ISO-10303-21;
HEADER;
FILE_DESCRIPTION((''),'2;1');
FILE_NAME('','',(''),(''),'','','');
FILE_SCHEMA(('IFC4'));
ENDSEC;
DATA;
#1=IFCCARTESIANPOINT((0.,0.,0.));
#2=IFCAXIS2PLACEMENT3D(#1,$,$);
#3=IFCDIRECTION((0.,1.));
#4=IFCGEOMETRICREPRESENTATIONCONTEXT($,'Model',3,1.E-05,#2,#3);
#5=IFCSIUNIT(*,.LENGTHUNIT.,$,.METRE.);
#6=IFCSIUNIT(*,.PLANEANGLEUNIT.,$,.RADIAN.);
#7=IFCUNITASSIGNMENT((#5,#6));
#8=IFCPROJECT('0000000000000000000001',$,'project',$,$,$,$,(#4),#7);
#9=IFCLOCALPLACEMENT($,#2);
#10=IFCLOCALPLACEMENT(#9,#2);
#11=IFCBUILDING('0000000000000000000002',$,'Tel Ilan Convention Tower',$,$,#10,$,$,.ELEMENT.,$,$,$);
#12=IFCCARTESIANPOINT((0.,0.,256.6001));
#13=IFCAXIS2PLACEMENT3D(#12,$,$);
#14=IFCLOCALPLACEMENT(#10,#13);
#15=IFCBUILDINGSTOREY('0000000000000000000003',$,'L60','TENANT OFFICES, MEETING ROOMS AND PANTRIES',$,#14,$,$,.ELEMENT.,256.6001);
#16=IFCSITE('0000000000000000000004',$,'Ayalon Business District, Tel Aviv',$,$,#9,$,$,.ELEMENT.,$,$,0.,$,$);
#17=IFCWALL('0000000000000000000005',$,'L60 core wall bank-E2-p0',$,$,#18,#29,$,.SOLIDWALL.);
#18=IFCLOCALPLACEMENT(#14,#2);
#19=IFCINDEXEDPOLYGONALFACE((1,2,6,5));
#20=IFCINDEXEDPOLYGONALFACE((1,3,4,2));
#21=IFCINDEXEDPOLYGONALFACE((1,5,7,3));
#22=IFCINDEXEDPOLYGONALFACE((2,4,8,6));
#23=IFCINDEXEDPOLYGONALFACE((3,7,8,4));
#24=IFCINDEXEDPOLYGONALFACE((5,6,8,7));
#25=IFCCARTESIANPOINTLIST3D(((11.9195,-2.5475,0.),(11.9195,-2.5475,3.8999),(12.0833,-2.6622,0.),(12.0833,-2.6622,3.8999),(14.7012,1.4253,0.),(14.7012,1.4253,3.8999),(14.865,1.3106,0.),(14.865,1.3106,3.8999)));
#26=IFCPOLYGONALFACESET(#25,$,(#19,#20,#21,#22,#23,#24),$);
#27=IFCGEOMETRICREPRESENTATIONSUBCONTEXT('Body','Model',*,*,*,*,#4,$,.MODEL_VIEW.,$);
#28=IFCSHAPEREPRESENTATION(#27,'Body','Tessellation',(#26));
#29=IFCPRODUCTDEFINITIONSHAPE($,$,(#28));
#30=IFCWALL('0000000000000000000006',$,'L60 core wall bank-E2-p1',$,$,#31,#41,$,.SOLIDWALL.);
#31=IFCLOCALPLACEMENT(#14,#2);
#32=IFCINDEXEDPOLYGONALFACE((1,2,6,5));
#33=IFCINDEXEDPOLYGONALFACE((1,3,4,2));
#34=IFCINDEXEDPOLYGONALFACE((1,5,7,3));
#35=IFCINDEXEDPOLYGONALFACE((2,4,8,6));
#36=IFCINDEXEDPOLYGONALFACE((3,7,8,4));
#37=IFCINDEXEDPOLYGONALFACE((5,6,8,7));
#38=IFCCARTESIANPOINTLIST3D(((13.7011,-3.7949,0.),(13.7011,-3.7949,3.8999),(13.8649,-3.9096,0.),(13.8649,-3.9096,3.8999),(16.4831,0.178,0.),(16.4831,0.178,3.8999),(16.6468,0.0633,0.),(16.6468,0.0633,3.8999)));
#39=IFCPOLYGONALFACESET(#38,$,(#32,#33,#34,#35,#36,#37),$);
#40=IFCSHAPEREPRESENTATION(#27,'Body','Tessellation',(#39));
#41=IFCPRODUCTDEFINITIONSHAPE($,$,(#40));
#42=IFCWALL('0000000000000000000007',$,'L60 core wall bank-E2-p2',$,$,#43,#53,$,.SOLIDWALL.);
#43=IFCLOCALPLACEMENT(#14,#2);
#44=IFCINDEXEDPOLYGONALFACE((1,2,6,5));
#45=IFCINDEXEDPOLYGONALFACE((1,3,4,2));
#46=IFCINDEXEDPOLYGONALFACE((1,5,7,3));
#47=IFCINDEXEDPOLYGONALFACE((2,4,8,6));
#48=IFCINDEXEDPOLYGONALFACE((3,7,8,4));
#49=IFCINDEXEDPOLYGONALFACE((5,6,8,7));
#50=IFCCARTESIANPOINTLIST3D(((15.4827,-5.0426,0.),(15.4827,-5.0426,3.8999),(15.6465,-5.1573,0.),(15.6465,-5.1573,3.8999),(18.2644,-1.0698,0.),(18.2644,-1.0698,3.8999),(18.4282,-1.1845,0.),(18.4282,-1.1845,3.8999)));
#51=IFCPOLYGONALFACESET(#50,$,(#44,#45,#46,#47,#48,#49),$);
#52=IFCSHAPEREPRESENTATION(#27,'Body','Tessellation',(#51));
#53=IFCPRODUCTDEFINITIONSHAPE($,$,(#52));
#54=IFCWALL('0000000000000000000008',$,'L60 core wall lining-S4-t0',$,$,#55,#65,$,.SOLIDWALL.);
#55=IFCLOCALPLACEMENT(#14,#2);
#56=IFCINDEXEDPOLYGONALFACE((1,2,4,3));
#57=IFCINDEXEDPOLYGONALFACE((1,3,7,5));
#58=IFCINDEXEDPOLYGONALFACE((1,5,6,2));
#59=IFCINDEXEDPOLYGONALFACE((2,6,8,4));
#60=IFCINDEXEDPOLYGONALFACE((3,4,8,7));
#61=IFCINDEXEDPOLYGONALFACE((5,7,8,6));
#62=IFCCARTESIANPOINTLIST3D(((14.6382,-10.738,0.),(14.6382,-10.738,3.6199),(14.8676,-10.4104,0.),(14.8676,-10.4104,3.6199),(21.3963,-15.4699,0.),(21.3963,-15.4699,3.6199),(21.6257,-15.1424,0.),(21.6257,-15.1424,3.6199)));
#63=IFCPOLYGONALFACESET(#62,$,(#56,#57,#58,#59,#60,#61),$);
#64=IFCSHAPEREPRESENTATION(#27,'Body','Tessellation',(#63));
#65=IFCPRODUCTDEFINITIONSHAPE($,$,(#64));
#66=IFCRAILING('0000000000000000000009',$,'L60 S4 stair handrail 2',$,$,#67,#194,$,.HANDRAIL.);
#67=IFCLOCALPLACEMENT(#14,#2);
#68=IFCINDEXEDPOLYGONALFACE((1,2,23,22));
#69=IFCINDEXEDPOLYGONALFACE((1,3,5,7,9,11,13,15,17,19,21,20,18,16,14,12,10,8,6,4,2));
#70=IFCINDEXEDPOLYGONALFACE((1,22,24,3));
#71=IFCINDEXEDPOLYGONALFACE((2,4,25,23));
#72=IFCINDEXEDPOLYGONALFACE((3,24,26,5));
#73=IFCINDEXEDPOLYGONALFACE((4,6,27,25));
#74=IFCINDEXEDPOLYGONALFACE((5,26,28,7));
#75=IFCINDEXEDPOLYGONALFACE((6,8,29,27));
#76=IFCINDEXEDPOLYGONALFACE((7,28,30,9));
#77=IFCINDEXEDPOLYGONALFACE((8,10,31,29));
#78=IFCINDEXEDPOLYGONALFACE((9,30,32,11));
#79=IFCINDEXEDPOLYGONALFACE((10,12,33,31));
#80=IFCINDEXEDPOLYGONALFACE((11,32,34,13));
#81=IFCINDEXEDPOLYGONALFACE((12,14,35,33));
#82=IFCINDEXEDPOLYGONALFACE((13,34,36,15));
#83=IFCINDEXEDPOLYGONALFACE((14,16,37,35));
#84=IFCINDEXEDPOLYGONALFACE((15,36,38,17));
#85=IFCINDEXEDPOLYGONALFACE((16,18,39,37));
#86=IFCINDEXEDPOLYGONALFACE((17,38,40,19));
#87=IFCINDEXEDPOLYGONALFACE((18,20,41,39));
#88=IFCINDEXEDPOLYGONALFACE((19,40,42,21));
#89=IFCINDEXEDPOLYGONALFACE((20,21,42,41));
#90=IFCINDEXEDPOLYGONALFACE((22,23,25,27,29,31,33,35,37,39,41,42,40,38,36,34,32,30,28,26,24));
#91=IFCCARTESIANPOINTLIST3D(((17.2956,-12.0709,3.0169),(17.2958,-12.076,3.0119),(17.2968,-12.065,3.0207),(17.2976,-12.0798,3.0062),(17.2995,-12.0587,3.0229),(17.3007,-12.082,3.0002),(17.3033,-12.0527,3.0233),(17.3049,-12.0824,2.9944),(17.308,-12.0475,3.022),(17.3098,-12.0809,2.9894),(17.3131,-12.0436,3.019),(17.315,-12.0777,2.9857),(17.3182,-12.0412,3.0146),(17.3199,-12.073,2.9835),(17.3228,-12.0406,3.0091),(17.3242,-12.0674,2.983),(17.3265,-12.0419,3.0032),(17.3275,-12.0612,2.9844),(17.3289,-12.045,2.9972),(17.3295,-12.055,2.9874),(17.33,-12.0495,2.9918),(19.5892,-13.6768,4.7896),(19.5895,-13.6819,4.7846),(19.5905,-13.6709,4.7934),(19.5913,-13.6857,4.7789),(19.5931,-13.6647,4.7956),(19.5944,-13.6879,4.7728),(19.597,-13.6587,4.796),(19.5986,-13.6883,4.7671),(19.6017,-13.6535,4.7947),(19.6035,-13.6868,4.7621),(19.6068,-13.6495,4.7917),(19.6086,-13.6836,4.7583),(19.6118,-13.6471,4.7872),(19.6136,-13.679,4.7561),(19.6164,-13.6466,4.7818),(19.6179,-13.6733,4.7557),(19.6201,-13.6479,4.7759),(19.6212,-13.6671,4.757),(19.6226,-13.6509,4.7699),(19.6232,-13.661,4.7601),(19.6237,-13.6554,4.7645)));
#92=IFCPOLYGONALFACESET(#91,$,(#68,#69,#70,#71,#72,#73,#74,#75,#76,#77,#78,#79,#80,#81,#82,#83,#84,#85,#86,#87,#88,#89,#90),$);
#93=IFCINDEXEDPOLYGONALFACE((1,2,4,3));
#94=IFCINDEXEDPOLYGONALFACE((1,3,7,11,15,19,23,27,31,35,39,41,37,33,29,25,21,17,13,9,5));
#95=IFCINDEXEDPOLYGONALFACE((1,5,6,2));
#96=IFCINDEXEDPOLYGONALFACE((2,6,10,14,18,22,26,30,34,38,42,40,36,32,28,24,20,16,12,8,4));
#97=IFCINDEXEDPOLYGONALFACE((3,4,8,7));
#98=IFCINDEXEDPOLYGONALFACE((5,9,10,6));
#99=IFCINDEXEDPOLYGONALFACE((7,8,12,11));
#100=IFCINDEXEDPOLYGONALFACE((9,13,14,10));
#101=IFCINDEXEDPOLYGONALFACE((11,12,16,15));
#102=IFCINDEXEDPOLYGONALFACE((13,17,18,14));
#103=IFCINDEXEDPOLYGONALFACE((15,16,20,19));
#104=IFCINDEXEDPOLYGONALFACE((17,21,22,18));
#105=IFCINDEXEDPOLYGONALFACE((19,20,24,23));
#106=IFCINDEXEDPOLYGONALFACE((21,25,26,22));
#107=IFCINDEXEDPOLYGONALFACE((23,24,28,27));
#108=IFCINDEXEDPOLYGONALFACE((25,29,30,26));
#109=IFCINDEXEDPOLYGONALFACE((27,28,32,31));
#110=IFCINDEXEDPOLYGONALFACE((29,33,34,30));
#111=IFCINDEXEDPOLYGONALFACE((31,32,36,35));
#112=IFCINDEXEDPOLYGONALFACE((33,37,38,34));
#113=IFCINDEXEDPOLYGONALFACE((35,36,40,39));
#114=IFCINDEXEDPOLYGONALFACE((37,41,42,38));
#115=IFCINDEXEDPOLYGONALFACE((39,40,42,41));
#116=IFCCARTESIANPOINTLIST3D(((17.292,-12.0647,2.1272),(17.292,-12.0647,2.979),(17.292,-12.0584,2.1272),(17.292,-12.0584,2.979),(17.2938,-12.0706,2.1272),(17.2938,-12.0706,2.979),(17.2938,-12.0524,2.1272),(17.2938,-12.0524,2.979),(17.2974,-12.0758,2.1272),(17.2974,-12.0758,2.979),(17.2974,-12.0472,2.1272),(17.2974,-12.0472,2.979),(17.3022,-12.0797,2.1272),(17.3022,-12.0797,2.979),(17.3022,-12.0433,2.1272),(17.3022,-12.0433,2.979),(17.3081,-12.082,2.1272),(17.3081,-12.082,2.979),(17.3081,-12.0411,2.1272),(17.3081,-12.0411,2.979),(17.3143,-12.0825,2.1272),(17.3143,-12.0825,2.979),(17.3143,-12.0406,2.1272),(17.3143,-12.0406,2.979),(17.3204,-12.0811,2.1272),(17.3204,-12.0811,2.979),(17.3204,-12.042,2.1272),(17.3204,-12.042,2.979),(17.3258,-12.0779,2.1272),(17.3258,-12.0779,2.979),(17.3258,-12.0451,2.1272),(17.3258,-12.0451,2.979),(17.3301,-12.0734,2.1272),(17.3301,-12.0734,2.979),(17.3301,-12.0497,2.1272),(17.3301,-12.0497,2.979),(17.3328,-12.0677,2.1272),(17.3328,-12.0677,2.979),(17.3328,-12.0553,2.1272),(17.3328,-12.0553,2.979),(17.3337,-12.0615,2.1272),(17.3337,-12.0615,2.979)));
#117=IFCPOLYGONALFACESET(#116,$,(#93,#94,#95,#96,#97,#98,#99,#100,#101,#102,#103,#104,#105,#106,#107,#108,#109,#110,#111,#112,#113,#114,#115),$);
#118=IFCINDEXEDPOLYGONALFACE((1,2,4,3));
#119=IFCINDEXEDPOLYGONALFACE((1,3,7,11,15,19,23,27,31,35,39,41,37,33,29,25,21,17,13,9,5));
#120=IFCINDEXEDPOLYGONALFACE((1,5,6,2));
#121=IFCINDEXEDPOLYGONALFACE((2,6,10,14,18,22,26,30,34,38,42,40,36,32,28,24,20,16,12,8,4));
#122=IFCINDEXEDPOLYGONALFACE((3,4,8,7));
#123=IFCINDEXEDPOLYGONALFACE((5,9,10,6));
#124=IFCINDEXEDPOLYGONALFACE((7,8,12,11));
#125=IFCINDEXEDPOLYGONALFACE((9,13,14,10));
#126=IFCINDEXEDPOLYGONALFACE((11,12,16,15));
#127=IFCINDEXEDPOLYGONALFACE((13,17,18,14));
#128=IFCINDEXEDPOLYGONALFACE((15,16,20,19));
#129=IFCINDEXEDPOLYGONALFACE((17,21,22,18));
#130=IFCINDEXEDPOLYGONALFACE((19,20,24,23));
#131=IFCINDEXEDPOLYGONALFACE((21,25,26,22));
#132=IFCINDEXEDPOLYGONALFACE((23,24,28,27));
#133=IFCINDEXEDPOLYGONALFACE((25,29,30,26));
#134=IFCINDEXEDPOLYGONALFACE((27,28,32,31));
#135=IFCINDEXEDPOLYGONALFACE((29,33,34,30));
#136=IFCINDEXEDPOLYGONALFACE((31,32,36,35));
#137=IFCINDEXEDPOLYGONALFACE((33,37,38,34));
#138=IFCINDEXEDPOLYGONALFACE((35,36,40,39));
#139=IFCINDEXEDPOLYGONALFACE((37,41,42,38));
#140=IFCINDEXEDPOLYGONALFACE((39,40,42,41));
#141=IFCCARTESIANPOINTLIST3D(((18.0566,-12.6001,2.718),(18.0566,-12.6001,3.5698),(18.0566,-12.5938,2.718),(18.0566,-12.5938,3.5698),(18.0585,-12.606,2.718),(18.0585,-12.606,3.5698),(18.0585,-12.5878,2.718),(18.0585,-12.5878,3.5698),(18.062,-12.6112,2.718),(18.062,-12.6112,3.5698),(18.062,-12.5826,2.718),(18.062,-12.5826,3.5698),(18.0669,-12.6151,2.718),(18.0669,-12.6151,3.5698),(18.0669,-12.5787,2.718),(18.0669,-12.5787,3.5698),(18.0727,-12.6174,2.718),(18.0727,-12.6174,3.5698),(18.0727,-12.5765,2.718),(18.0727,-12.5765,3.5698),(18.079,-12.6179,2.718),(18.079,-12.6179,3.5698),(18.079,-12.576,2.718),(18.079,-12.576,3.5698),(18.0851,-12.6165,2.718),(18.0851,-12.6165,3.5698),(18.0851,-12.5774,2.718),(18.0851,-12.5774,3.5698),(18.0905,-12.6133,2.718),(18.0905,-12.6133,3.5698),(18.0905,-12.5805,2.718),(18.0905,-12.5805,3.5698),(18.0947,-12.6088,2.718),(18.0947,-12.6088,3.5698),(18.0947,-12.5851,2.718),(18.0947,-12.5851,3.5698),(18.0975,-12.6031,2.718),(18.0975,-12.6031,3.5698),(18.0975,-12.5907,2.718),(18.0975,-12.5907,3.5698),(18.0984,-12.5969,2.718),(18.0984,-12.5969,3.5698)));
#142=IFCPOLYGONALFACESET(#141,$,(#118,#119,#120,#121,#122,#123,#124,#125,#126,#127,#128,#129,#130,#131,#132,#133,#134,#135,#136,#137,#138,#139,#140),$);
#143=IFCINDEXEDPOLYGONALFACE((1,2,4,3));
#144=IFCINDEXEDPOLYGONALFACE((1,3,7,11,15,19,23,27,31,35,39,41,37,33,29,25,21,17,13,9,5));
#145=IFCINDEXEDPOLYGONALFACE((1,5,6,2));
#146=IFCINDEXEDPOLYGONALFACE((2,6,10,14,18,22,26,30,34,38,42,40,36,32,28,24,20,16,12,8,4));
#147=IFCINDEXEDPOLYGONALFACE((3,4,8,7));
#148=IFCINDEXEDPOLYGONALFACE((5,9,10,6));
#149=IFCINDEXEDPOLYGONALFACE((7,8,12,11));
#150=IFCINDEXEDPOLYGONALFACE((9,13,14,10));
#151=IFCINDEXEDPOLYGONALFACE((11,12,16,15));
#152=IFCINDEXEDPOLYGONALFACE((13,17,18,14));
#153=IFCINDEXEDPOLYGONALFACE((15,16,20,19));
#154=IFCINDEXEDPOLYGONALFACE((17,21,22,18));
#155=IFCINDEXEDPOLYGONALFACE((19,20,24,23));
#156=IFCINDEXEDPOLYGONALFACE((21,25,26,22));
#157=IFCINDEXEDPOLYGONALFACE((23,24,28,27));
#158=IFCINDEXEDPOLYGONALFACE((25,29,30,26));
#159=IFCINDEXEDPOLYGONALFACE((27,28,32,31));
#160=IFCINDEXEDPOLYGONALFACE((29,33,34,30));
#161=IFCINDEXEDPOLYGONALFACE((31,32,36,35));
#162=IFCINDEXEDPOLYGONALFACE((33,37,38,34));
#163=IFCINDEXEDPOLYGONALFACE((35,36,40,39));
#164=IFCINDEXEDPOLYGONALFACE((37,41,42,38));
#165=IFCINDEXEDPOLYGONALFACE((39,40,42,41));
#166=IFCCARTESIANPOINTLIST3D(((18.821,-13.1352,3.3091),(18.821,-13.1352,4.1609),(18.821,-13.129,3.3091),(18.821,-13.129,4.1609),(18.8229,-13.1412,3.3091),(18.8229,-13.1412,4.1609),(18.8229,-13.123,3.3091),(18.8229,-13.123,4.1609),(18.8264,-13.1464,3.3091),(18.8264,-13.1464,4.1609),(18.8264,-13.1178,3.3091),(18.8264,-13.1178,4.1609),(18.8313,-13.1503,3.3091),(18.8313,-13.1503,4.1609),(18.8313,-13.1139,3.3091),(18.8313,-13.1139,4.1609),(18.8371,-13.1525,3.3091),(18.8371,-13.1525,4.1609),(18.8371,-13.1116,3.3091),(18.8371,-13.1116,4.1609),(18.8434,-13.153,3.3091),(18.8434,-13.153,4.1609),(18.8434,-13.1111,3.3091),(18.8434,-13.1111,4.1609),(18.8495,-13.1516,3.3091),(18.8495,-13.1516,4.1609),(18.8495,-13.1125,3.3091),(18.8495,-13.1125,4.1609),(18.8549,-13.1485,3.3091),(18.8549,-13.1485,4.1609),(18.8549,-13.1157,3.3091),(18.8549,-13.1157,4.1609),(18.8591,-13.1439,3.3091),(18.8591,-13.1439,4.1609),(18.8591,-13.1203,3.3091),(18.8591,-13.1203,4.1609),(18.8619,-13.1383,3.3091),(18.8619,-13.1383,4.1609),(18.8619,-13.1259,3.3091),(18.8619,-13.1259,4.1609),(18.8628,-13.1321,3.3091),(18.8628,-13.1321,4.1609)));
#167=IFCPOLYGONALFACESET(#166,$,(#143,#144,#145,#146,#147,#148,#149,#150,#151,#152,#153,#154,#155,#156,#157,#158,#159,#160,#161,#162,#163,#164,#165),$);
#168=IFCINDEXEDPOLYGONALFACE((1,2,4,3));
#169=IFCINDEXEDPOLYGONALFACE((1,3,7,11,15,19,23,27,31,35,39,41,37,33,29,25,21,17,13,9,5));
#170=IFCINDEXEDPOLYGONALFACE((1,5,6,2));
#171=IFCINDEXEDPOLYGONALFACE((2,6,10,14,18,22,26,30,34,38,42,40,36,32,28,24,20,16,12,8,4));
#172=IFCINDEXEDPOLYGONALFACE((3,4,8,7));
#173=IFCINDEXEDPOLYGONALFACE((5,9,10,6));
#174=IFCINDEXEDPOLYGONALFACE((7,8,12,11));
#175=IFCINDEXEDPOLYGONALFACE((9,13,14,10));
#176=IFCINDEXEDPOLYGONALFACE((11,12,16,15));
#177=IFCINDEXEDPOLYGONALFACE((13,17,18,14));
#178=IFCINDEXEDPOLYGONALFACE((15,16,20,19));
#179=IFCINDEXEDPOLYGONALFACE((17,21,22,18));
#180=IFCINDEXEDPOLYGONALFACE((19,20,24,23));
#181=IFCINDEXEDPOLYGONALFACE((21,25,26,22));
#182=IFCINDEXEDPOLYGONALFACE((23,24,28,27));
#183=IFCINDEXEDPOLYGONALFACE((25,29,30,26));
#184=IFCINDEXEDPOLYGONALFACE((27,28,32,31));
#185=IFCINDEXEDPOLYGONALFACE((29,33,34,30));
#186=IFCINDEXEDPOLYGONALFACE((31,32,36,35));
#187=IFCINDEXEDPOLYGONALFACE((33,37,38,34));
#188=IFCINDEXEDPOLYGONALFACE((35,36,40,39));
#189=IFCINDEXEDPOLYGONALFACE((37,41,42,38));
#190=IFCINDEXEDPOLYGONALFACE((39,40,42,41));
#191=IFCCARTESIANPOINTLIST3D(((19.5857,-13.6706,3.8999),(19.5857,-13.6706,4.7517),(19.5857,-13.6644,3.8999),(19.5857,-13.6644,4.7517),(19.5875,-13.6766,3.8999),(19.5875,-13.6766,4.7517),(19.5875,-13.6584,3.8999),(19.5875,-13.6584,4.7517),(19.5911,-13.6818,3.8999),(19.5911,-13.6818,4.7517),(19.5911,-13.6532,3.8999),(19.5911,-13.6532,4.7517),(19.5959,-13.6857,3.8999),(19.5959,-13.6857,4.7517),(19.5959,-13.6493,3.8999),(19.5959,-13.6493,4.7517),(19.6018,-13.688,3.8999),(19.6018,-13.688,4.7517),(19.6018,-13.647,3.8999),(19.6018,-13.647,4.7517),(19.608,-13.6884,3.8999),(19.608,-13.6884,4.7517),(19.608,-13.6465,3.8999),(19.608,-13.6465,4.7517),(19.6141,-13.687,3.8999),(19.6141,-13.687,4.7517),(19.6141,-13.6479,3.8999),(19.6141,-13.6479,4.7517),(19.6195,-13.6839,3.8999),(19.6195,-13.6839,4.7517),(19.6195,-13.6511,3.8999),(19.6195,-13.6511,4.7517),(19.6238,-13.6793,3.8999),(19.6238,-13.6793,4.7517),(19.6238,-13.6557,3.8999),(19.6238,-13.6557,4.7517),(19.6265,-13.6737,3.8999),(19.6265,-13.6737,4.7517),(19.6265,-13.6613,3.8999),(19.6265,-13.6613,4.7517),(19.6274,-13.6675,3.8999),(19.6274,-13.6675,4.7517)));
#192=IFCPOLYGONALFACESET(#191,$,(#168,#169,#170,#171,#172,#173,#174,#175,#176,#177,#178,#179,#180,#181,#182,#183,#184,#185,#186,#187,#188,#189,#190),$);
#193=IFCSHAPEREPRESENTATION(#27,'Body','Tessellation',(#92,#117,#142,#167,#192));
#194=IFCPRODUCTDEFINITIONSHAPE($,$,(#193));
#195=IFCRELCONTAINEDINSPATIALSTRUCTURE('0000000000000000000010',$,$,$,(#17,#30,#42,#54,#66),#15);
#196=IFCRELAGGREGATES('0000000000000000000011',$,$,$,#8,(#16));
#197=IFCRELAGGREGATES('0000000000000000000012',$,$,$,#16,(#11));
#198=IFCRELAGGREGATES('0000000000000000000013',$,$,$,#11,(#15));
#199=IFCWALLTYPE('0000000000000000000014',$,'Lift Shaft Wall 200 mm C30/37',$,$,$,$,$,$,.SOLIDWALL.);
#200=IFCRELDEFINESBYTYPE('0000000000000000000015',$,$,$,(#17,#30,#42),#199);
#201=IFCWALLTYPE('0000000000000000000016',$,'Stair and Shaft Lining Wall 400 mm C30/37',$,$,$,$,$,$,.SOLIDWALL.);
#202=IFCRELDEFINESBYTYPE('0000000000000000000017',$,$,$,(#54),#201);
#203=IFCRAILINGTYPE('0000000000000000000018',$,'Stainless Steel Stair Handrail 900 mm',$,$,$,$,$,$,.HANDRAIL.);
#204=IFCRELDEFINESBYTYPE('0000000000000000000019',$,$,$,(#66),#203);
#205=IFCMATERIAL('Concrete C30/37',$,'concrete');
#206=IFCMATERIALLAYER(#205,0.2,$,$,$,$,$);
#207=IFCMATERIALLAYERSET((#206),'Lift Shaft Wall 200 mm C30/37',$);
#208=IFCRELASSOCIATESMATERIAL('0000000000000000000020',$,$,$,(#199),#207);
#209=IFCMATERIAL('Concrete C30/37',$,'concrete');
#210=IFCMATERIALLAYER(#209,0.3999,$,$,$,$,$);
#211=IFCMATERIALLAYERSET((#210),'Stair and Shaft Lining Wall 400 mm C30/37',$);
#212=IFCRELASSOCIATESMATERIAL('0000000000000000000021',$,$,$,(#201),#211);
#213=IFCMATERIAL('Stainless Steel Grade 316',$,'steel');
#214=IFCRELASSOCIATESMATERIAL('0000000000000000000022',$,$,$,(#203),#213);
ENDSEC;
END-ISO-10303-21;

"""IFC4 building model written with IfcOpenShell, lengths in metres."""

from ifc_helpers import new_model, si_unit, direction, frame, frame_2d, origin, origin_2d, place, context, subcontext, project, spatial, rectangle, circle, extrude, material, layer, layer_set, type_object, element, save


model = new_model("IFC4")

# Units and contexts
model_context = context("Model", 3, precision=1e-05, world=origin(), true_north=direction((0.0, 1.0)))
body_context = subcontext(model_context, "Body", "Model", "MODEL_VIEW")
ifc_project = project(units=[si_unit("LENGTHUNIT", "METRE"), si_unit("PLANEANGLEUNIT", "RADIAN")], contexts=[model_context])

# Site, building, storey
site_placement = place(None, origin())
site = spatial("IfcSite", under=ifc_project, at=site_placement, Name="Ayalon Business District, Tel Aviv", CompositionType="ELEMENT", RefElevation=0.0)
building_placement = place(site_placement, origin())
building = spatial("IfcBuilding", under=site, at=building_placement, Name="Tel Ilan Convention Tower", CompositionType="ELEMENT")
storey_placement = place(building_placement, frame((0.0, 0.0, 256.6001)))
storey = spatial("IfcBuildingStorey", under=building, at=storey_placement, Name="L60", Description="TENANT OFFICES, MEETING ROOMS AND PANTRIES", CompositionType="ELEMENT", Elevation=256.6001)

# Walls
ifc_material_1 = material(Name="Concrete C30/37", Category="concrete")
ifc_layer_1 = layer(ifc_material_1, 0.2)
ifc_layer_set_1 = layer_set([ifc_layer_1], Name="Lift Shaft Wall 200 mm C30/37")
wall_type_1 = type_object("IfcWallType", Name="Lift Shaft Wall 200 mm C30/37", PredefinedType="SOLIDWALL", material=ifc_layer_set_1)
wall_1_placement = place(storey_placement, frame((12.0015, -2.6047, 0.0), z_axis=(0.0, 0.0, 1.0), x_axis=(0.57356, 0.819163, 0.0)))
element("IfcWall", 1, at=wall_1_placement, inside=storey, type_object=wall_type_1, Name="L60 core wall bank-E2-p0", PredefinedType="SOLIDWALL", context=body_context, shape_type="SweptSolid", body=[
    extrude(rectangle(XDim=4.8499, YDim=0.2, at=frame_2d((2.4248, 0.0))), origin(), (0.0, 0.0, 1.0), 3.8999),
])
wall_2_placement = place(storey_placement, frame((13.783, -3.8523, 0.0), z_axis=(0.0, 0.0, 1.0), x_axis=(0.573594, 0.81914, 0.0)))
element("IfcWall", 2, at=wall_2_placement, inside=storey, type_object=wall_type_1, Name="L60 core wall bank-E2-p1", PredefinedType="SOLIDWALL", context=body_context, shape_type="SweptSolid", body=[
    extrude(rectangle(XDim=4.8501, YDim=0.2, at=frame_2d((2.425, 0.0))), origin(), (0.0, 0.0, 1.0), 3.8999),
])
wall_3_placement = place(storey_placement, frame((15.5647, -5.0999, 0.0), z_axis=(0.0, 0.0, 1.0), x_axis=(0.57356, 0.819163, 0.0)))
element("IfcWall", 3, at=wall_3_placement, inside=storey, type_object=wall_type_1, Name="L60 core wall bank-E2-p2", PredefinedType="SOLIDWALL", context=body_context, shape_type="SweptSolid", body=[
    extrude(rectangle(XDim=4.8499, YDim=0.2, at=frame_2d((2.4248, 0.0))), origin(), (0.0, 0.0, 1.0), 3.8999),
])
ifc_material_2 = material(Name="Concrete C30/37", Category="concrete")
ifc_layer_2 = layer(ifc_material_2, 0.3999)
ifc_layer_set_2 = layer_set([ifc_layer_2], Name="Stair and Shaft Lining Wall 400 mm C30/37")
wall_type_2 = type_object("IfcWallType", Name="Stair and Shaft Lining Wall 400 mm C30/37", PredefinedType="SOLIDWALL", material=ifc_layer_set_2)
wall_4_placement = place(storey_placement, frame((14.7529, -10.5742, 0.0), z_axis=(0.0, 0.0, 1.0), x_axis=(0.819158, -0.573568, 0.0)))
element("IfcWall", 4, at=wall_4_placement, inside=storey, type_object=wall_type_2, Name="L60 core wall lining-S4-t0", PredefinedType="SOLIDWALL", context=body_context, shape_type="SweptSolid", body=[
    extrude(rectangle(XDim=8.25, YDim=0.3999, at=frame_2d((4.125, 0.0))), origin(), (0.0, 0.0, 1.0), 3.6199),
])

# Railing
ifc_material_3 = material(Name="Stainless Steel Grade 316", Category="steel")
railing_type = type_object("IfcRailingType", Name="Stainless Steel Stair Handrail 900 mm", PredefinedType="HANDRAIL", material=ifc_material_3)
railing_placement = place(storey_placement, frame((17.3127, -12.0615, 2.1272)))
element("IfcRailing", 5, at=railing_placement, inside=storey, type_object=railing_type, Name="L60 S4 stair handrail 2", PredefinedType="HANDRAIL", context=body_context, shape_type="SweptSolid", body=[
    extrude(circle(Radius=0.0239, at=origin_2d()), frame((0.0, 0.0, 0.876), z_axis=(0.692123, -0.484597, 0.534913), x_axis=(0.57355, 0.81917, 0.0)), (0.0, 0.0, 1.0), 3.314),
    extrude(circle(Radius=0.021, at=origin_2d()), origin(), (0.0, 0.0, 1.0), 0.8518),
    extrude(circle(Radius=0.021, at=origin_2d()), frame((0.7646, -0.5354, 0.5908)), (0.0, 0.0, 1.0), 0.8518),
    extrude(circle(Radius=0.021, at=origin_2d()), frame((1.5291, -1.0706, 1.1819)), (0.0, 0.0, 1.0), 0.8518),
    extrude(circle(Radius=0.021, at=origin_2d()), frame((2.2937, -1.606, 1.7727)), (0.0, 0.0, 1.0), 0.8518),
])

save(model, "model.ifc")
